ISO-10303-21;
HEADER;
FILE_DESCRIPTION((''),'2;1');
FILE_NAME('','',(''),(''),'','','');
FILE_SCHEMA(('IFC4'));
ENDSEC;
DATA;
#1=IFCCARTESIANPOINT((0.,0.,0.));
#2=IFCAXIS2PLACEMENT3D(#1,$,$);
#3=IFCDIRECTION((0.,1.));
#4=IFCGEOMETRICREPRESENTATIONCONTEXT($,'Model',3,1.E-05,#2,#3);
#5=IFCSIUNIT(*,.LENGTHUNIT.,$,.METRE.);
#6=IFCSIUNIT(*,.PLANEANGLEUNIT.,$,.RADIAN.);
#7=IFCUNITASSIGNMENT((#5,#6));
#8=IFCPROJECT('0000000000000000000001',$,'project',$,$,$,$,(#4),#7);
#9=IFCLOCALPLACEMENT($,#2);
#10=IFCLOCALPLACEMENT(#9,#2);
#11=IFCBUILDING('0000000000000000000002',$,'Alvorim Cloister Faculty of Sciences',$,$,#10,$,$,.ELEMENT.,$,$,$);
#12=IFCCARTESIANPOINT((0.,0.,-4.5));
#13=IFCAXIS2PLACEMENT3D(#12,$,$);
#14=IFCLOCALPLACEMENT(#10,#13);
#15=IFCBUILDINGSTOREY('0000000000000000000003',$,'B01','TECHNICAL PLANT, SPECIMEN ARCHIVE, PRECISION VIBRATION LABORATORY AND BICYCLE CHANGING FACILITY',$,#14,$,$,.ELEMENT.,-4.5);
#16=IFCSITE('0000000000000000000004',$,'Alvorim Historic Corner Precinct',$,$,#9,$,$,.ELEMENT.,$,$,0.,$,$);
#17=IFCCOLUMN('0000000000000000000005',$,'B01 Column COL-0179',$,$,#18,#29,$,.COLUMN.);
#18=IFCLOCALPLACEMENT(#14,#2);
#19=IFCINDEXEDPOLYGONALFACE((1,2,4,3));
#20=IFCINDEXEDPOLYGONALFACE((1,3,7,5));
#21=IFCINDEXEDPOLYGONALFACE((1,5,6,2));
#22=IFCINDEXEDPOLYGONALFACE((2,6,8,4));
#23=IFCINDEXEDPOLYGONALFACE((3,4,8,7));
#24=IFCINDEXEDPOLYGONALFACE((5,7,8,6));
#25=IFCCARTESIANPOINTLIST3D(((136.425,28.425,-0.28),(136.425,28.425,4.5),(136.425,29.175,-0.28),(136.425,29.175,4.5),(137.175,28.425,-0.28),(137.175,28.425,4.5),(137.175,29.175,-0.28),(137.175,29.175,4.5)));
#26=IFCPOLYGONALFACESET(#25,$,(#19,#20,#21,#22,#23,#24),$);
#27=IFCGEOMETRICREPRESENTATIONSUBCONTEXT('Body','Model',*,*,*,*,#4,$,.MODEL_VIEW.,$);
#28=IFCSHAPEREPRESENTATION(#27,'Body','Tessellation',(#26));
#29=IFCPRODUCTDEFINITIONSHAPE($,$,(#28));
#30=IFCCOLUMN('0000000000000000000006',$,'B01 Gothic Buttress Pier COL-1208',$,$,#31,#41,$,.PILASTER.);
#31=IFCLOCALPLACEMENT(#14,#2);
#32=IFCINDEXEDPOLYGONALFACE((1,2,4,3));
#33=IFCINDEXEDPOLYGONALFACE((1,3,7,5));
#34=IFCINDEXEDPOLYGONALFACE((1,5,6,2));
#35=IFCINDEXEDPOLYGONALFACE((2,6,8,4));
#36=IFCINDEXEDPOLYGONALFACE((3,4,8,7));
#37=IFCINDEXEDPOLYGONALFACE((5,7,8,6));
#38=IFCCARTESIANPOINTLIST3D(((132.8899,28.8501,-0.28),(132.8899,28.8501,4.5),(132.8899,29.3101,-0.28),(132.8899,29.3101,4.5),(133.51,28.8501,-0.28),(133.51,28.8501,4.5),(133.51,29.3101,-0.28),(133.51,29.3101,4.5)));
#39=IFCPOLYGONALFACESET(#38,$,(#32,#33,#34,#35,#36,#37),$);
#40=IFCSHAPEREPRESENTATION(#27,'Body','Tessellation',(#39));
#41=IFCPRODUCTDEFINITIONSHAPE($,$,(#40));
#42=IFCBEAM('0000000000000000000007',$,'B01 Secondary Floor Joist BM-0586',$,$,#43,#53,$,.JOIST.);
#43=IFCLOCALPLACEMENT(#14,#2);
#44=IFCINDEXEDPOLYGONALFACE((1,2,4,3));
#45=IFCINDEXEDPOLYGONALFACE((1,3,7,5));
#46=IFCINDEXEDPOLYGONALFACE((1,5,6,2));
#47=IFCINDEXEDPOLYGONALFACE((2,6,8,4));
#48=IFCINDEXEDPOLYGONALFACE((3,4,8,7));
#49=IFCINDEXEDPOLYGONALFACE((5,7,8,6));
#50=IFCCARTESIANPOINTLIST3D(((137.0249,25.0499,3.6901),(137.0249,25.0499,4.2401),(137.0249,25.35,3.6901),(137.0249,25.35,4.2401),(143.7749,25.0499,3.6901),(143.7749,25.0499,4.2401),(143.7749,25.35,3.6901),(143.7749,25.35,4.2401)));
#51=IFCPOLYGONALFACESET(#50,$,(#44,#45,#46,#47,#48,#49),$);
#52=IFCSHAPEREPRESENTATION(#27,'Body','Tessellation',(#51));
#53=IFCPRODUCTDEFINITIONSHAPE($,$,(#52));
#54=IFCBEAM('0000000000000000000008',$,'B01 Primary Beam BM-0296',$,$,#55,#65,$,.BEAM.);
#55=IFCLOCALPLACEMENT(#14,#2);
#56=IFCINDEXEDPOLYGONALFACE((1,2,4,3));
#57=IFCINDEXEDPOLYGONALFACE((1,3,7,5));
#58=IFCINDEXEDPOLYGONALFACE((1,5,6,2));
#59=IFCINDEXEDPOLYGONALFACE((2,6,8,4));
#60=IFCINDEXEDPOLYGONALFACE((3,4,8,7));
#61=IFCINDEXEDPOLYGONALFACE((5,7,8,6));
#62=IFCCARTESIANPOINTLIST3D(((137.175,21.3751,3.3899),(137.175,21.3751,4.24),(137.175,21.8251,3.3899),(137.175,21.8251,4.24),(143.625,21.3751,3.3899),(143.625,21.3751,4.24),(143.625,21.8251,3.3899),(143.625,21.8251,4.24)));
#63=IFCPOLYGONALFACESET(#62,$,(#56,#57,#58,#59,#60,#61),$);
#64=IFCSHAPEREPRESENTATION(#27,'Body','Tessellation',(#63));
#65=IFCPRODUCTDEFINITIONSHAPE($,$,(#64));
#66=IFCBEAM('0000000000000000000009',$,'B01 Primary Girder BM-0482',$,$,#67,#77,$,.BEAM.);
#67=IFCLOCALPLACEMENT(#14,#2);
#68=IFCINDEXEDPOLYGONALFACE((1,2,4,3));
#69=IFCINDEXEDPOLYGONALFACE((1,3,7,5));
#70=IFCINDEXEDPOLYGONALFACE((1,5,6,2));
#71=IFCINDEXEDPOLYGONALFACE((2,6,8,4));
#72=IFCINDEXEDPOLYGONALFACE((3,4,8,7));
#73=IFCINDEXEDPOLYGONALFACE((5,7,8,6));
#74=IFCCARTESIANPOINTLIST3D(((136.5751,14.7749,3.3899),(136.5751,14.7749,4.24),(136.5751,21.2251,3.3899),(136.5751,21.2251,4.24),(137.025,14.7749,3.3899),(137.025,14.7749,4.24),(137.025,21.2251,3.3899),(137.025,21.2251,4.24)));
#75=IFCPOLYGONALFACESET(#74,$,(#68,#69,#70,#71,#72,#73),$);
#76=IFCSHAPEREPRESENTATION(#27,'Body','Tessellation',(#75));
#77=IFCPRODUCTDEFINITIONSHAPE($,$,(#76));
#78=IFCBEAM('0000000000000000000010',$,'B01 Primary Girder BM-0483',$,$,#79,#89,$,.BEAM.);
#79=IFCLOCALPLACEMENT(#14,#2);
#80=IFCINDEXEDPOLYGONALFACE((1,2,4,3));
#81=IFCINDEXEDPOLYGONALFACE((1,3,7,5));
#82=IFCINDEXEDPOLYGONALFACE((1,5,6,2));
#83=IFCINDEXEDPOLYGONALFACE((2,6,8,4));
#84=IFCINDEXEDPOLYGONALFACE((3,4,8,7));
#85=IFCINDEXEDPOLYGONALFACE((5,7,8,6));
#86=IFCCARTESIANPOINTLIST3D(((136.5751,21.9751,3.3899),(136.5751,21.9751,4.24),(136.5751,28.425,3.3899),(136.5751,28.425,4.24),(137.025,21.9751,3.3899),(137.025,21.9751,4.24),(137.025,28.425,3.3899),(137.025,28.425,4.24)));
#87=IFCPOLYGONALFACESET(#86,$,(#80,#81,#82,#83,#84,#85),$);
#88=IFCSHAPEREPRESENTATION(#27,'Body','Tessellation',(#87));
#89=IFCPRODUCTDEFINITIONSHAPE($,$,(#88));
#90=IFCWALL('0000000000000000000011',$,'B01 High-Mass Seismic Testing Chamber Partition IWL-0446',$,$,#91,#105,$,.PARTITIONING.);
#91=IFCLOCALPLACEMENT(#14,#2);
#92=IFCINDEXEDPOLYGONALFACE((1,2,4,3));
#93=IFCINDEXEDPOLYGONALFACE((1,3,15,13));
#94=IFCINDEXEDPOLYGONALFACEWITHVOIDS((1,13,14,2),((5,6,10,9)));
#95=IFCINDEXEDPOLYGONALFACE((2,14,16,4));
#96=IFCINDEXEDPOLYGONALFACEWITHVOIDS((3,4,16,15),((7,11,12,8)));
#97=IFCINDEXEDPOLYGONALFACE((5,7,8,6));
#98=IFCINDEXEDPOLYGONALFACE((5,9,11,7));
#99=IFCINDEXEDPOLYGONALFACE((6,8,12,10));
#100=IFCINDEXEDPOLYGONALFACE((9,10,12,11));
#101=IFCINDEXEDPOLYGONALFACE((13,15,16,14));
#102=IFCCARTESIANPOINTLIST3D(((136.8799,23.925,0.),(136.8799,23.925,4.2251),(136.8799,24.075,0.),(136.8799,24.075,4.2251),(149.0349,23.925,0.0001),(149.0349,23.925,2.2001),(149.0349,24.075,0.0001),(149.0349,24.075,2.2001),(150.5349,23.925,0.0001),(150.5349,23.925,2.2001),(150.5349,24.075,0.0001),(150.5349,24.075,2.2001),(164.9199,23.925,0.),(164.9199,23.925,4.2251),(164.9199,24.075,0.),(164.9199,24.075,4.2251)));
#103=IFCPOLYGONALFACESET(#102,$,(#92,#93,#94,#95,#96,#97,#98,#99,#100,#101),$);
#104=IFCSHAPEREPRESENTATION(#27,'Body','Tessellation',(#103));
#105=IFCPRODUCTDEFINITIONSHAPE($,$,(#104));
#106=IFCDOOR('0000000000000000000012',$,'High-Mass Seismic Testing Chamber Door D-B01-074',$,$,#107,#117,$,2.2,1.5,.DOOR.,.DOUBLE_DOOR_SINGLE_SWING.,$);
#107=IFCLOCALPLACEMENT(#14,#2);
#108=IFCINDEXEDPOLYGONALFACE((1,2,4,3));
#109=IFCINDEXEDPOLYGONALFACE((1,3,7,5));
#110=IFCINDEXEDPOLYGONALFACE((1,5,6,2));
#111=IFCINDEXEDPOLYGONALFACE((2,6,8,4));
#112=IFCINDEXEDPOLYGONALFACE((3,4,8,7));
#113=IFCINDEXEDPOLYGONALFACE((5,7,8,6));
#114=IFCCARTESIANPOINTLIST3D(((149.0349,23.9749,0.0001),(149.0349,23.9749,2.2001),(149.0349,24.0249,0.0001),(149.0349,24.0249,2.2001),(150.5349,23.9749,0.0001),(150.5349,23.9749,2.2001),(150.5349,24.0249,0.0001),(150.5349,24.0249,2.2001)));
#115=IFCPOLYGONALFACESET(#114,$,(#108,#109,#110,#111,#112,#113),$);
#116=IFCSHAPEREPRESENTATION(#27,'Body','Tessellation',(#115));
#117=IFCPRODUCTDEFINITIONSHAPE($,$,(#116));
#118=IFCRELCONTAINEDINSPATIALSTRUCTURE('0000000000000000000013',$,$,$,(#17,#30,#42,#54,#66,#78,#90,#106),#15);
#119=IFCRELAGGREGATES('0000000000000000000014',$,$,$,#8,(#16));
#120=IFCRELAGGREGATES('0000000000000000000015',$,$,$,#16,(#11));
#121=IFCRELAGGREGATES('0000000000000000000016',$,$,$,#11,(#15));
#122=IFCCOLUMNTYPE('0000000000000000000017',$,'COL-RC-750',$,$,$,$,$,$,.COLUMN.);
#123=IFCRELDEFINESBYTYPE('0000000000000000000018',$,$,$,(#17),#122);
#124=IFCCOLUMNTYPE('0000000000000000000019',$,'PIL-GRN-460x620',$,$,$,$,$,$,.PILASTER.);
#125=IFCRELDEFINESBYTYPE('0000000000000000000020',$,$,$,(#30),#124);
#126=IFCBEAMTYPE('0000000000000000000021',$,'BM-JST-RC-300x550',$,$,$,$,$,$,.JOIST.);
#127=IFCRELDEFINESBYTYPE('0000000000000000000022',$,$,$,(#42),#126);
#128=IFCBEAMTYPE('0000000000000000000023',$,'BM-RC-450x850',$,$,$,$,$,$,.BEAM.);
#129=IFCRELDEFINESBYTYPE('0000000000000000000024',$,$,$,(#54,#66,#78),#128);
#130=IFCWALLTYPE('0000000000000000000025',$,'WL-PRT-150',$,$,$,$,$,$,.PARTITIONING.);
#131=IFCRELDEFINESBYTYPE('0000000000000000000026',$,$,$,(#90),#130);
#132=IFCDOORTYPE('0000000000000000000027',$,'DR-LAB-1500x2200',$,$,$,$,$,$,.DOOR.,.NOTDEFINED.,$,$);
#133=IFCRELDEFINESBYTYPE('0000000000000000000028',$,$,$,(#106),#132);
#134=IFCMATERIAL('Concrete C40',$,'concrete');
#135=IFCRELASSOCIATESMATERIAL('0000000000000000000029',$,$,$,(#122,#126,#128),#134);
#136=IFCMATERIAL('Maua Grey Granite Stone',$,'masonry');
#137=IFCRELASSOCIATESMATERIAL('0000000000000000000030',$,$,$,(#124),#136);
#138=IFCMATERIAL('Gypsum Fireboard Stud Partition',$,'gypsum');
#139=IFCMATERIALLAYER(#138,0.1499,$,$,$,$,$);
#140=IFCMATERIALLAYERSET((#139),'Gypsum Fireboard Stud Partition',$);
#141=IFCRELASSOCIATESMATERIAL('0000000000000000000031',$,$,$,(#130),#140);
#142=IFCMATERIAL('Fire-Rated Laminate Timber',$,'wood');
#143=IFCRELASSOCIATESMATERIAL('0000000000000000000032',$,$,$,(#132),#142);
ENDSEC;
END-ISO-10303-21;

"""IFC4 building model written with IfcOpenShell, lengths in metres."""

from ifc_helpers import new_model, si_unit, direction, frame, frame_2d, origin, origin_2d, place, context, subcontext, project, spatial, rectangle, extrude, material, layer, layer_set, material_profile, profile_set, type_object, element, fill, save


model = new_model("IFC4")

# Units and contexts
model_context = context("Model", 3, precision=1e-05, world=origin(), true_north=direction((0.0, 1.0)))
body_context = subcontext(model_context, "Body", "Model", "MODEL_VIEW")
ifc_project = project(units=[si_unit("LENGTHUNIT", "METRE"), si_unit("PLANEANGLEUNIT", "RADIAN")], contexts=[model_context])

# Site, building, storey
site_placement = place(None, origin())
site = spatial("IfcSite", under=ifc_project, at=site_placement, Name="Alvorim Historic Corner Precinct", CompositionType="ELEMENT", RefElevation=0.0)
building_placement = place(site_placement, origin())
building = spatial("IfcBuilding", under=site, at=building_placement, Name="Alvorim Cloister Faculty of Sciences", CompositionType="ELEMENT")
storey_placement = place(building_placement, frame((0.0, 0.0, -4.5)))
storey = spatial("IfcBuildingStorey", under=building, at=storey_placement, Name="B01", Description="TECHNICAL PLANT, SPECIMEN ARCHIVE, PRECISION VIBRATION LABORATORY AND BICYCLE CHANGING FACILITY", CompositionType="ELEMENT", Elevation=-4.5)

# Shared definitions
ifc_material_1 = material(Name="Concrete C40", Category="concrete")

# Columns
ifc_material_profile_1 = material_profile(ifc_material_1, rectangle(XDim=0.75, YDim=0.75, at=origin_2d()), Name="RC40-COL-750x750")
ifc_profile_set_1 = profile_set([ifc_material_profile_1], Name="Concrete C40")
column_type_1 = type_object("IfcColumnType", Name="COL-RC-750", PredefinedType="COLUMN", material=ifc_profile_set_1)
for number, where, z_axis, x_axis, name in (
    (1, (136.8, 28.8, -0.28), (0.0, 0.0, 1.0), (1.0, 0.0, 0.0), "B01 Column COL-0179"),
):
    element("IfcColumn", number, at=place(storey_placement, frame(where, z_axis=z_axis, x_axis=x_axis)), inside=storey, type_object=column_type_1, Name=name, PredefinedType="COLUMN", context=body_context, shape_type="SweptSolid", body=[
        extrude(rectangle(XDim=0.75, YDim=0.75, at=origin_2d()), origin(), (0.0, 0.0, 1.0), 4.78),
    ])
ifc_material_2 = material(Name="Maua Grey Granite Stone", Category="masonry")
ifc_material_profile_2 = material_profile(ifc_material_2, rectangle(XDim=0.46, YDim=0.6201, at=origin_2d()), Name="GRN-PIER-460x620")
ifc_profile_set_2 = profile_set([ifc_material_profile_2], Name="Maua Grey Granite Stone")
column_type_2 = type_object("IfcColumnType", Name="PIL-GRN-460x620", PredefinedType="PILASTER", material=ifc_profile_set_2)
column_placement = place(storey_placement, frame((133.2, 29.0801, -0.28), z_axis=(0.0, 0.0, 1.0), x_axis=(0.0, 1.0, 0.0)))
element("IfcColumn", 2, at=column_placement, inside=storey, type_object=column_type_2, Name="B01 Gothic Buttress Pier COL-1208", PredefinedType="PILASTER", context=body_context, shape_type="SweptSolid", body=[
    extrude(rectangle(XDim=0.46, YDim=0.6201, at=origin_2d()), origin(), (0.0, 0.0, 1.0), 4.78),
])

# Beams
ifc_material_profile_3 = material_profile(ifc_material_1, rectangle(XDim=0.3, YDim=0.55, at=origin_2d()), Name="RC40-JST-300x550")
ifc_profile_set_3 = profile_set([ifc_material_profile_3], Name="Concrete C40")
beam_type_1 = type_object("IfcBeamType", Name="BM-JST-RC-300x550", PredefinedType="JOIST", material=ifc_profile_set_3)
beam_1_placement = place(storey_placement, frame((137.0249, 25.2, 3.9651), z_axis=(1.0, 0.0, 0.0), x_axis=(0.0, 1.0, 0.0)))
element("IfcBeam", 3, at=beam_1_placement, inside=storey, type_object=beam_type_1, Name="B01 Secondary Floor Joist BM-0586", PredefinedType="JOIST", context=body_context, shape_type="SweptSolid", body=[
    extrude(rectangle(XDim=0.3, YDim=0.55, at=origin_2d()), origin(), (0.0, 0.0, 1.0), 6.75),
])
ifc_material_profile_4 = material_profile(ifc_material_1, rectangle(XDim=0.45, YDim=0.8501, at=origin_2d()), Name="RC40-BM-450x850")
ifc_profile_set_4 = profile_set([ifc_material_profile_4], Name="Concrete C40")
beam_type_2 = type_object("IfcBeamType", Name="BM-RC-450x850", PredefinedType="BEAM", material=ifc_profile_set_4)
beam_2_placement = place(storey_placement, frame((137.175, 21.6001, 3.8149), z_axis=(1.0, 0.0, 0.0), x_axis=(0.0, 1.0, 0.0)))
element("IfcBeam", 4, at=beam_2_placement, inside=storey, type_object=beam_type_2, Name="B01 Primary Beam BM-0296", PredefinedType="BEAM", context=body_context, shape_type="SweptSolid", body=[
    extrude(rectangle(XDim=0.45, YDim=0.8501, at=origin_2d()), origin(), (0.0, 0.0, 1.0), 6.45),
])
beam_3_placement = place(storey_placement, frame((136.8, 14.7749, 3.8149), z_axis=(0.0, 1.0, 0.0), x_axis=(-1.0, 0.0, 0.0)))
element("IfcBeam", 5, at=beam_3_placement, inside=storey, type_object=beam_type_2, Name="B01 Primary Girder BM-0482", PredefinedType="BEAM", context=body_context, shape_type="SweptSolid", body=[
    extrude(rectangle(XDim=0.45, YDim=0.8501, at=origin_2d()), origin(), (0.0, 0.0, 1.0), 6.4502),
])
beam_4_placement = place(storey_placement, frame((136.8, 21.9751, 3.8149), z_axis=(0.0, 1.0, 0.0), x_axis=(-1.0, 0.0, 0.0)))
element("IfcBeam", 6, at=beam_4_placement, inside=storey, type_object=beam_type_2, Name="B01 Primary Girder BM-0483", PredefinedType="BEAM", context=body_context, shape_type="SweptSolid", body=[
    extrude(rectangle(XDim=0.45, YDim=0.8501, at=origin_2d()), origin(), (0.0, 0.0, 1.0), 6.45),
])

# Wall, opening, door
ifc_material_3 = material(Name="Gypsum Fireboard Stud Partition", Category="gypsum")
ifc_layer = layer(ifc_material_3, 0.1499)
ifc_layer_set = layer_set([ifc_layer], Name="Gypsum Fireboard Stud Partition")
wall_type = type_object("IfcWallType", Name="WL-PRT-150", PredefinedType="PARTITIONING", material=ifc_layer_set)
wall_placement = place(storey_placement, frame((136.8799, 24.0, 0.0), z_axis=(0.0, 0.0, 1.0), x_axis=(1.0, 0.0, 0.0)))
wall = element("IfcWall", 7, at=wall_placement, inside=storey, type_object=wall_type, Name="B01 High-Mass Seismic Testing Chamber Partition IWL-0446", PredefinedType="PARTITIONING", context=body_context, shape_type="SweptSolid", body=[
    extrude(rectangle(XDim=28.04, YDim=0.1499, at=frame_2d((14.02, 0.0))), origin(), (0.0, 0.0, 1.0), 4.2251),
])
opening_placement = place(wall_placement, frame((12.155, 0.0, 0.0)))
opening = element("IfcOpeningElement", 8, at=opening_placement, cuts=wall, PredefinedType="OPENING", context=body_context, shape_type="SweptSolid", body=[
    extrude(rectangle(XDim=1.5, YDim=2.2, at=frame_2d((0.75, 1.1001))), frame((0.0, 0.0869, 0.0), z_axis=(0.0, -1.0, 0.0), x_axis=(1.0, 0.0, 0.0)), (0.0, 0.0, 1.0), 0.1738),
])
ifc_material_4 = material(Name="Fire-Rated Laminate Timber", Category="wood")
door_type = type_object("IfcDoorType", Name="DR-LAB-1500x2200", OperationType="NOTDEFINED", PredefinedType="DOOR", material=ifc_material_4)
door_placement = place(opening_placement, origin())
door = element("IfcDoor", 9, at=door_placement, inside=storey, type_object=door_type, Name="High-Mass Seismic Testing Chamber Door D-B01-074", OperationType="DOUBLE_DOOR_SINGLE_SWING", OverallHeight=2.2, OverallWidth=1.5, PredefinedType="DOOR", context=body_context, shape_type="SweptSolid", body=[
    extrude(rectangle(XDim=1.5, YDim=2.2, at=frame_2d((0.75, 1.1001))), frame((0.0, 0.0249, 0.0), z_axis=(0.0, -1.0, 0.0), x_axis=(1.0, 0.0, 0.0)), (0.0, 0.0, 1.0), 0.05),
])
fill(opening, door)

save(model, "model.ifc")
